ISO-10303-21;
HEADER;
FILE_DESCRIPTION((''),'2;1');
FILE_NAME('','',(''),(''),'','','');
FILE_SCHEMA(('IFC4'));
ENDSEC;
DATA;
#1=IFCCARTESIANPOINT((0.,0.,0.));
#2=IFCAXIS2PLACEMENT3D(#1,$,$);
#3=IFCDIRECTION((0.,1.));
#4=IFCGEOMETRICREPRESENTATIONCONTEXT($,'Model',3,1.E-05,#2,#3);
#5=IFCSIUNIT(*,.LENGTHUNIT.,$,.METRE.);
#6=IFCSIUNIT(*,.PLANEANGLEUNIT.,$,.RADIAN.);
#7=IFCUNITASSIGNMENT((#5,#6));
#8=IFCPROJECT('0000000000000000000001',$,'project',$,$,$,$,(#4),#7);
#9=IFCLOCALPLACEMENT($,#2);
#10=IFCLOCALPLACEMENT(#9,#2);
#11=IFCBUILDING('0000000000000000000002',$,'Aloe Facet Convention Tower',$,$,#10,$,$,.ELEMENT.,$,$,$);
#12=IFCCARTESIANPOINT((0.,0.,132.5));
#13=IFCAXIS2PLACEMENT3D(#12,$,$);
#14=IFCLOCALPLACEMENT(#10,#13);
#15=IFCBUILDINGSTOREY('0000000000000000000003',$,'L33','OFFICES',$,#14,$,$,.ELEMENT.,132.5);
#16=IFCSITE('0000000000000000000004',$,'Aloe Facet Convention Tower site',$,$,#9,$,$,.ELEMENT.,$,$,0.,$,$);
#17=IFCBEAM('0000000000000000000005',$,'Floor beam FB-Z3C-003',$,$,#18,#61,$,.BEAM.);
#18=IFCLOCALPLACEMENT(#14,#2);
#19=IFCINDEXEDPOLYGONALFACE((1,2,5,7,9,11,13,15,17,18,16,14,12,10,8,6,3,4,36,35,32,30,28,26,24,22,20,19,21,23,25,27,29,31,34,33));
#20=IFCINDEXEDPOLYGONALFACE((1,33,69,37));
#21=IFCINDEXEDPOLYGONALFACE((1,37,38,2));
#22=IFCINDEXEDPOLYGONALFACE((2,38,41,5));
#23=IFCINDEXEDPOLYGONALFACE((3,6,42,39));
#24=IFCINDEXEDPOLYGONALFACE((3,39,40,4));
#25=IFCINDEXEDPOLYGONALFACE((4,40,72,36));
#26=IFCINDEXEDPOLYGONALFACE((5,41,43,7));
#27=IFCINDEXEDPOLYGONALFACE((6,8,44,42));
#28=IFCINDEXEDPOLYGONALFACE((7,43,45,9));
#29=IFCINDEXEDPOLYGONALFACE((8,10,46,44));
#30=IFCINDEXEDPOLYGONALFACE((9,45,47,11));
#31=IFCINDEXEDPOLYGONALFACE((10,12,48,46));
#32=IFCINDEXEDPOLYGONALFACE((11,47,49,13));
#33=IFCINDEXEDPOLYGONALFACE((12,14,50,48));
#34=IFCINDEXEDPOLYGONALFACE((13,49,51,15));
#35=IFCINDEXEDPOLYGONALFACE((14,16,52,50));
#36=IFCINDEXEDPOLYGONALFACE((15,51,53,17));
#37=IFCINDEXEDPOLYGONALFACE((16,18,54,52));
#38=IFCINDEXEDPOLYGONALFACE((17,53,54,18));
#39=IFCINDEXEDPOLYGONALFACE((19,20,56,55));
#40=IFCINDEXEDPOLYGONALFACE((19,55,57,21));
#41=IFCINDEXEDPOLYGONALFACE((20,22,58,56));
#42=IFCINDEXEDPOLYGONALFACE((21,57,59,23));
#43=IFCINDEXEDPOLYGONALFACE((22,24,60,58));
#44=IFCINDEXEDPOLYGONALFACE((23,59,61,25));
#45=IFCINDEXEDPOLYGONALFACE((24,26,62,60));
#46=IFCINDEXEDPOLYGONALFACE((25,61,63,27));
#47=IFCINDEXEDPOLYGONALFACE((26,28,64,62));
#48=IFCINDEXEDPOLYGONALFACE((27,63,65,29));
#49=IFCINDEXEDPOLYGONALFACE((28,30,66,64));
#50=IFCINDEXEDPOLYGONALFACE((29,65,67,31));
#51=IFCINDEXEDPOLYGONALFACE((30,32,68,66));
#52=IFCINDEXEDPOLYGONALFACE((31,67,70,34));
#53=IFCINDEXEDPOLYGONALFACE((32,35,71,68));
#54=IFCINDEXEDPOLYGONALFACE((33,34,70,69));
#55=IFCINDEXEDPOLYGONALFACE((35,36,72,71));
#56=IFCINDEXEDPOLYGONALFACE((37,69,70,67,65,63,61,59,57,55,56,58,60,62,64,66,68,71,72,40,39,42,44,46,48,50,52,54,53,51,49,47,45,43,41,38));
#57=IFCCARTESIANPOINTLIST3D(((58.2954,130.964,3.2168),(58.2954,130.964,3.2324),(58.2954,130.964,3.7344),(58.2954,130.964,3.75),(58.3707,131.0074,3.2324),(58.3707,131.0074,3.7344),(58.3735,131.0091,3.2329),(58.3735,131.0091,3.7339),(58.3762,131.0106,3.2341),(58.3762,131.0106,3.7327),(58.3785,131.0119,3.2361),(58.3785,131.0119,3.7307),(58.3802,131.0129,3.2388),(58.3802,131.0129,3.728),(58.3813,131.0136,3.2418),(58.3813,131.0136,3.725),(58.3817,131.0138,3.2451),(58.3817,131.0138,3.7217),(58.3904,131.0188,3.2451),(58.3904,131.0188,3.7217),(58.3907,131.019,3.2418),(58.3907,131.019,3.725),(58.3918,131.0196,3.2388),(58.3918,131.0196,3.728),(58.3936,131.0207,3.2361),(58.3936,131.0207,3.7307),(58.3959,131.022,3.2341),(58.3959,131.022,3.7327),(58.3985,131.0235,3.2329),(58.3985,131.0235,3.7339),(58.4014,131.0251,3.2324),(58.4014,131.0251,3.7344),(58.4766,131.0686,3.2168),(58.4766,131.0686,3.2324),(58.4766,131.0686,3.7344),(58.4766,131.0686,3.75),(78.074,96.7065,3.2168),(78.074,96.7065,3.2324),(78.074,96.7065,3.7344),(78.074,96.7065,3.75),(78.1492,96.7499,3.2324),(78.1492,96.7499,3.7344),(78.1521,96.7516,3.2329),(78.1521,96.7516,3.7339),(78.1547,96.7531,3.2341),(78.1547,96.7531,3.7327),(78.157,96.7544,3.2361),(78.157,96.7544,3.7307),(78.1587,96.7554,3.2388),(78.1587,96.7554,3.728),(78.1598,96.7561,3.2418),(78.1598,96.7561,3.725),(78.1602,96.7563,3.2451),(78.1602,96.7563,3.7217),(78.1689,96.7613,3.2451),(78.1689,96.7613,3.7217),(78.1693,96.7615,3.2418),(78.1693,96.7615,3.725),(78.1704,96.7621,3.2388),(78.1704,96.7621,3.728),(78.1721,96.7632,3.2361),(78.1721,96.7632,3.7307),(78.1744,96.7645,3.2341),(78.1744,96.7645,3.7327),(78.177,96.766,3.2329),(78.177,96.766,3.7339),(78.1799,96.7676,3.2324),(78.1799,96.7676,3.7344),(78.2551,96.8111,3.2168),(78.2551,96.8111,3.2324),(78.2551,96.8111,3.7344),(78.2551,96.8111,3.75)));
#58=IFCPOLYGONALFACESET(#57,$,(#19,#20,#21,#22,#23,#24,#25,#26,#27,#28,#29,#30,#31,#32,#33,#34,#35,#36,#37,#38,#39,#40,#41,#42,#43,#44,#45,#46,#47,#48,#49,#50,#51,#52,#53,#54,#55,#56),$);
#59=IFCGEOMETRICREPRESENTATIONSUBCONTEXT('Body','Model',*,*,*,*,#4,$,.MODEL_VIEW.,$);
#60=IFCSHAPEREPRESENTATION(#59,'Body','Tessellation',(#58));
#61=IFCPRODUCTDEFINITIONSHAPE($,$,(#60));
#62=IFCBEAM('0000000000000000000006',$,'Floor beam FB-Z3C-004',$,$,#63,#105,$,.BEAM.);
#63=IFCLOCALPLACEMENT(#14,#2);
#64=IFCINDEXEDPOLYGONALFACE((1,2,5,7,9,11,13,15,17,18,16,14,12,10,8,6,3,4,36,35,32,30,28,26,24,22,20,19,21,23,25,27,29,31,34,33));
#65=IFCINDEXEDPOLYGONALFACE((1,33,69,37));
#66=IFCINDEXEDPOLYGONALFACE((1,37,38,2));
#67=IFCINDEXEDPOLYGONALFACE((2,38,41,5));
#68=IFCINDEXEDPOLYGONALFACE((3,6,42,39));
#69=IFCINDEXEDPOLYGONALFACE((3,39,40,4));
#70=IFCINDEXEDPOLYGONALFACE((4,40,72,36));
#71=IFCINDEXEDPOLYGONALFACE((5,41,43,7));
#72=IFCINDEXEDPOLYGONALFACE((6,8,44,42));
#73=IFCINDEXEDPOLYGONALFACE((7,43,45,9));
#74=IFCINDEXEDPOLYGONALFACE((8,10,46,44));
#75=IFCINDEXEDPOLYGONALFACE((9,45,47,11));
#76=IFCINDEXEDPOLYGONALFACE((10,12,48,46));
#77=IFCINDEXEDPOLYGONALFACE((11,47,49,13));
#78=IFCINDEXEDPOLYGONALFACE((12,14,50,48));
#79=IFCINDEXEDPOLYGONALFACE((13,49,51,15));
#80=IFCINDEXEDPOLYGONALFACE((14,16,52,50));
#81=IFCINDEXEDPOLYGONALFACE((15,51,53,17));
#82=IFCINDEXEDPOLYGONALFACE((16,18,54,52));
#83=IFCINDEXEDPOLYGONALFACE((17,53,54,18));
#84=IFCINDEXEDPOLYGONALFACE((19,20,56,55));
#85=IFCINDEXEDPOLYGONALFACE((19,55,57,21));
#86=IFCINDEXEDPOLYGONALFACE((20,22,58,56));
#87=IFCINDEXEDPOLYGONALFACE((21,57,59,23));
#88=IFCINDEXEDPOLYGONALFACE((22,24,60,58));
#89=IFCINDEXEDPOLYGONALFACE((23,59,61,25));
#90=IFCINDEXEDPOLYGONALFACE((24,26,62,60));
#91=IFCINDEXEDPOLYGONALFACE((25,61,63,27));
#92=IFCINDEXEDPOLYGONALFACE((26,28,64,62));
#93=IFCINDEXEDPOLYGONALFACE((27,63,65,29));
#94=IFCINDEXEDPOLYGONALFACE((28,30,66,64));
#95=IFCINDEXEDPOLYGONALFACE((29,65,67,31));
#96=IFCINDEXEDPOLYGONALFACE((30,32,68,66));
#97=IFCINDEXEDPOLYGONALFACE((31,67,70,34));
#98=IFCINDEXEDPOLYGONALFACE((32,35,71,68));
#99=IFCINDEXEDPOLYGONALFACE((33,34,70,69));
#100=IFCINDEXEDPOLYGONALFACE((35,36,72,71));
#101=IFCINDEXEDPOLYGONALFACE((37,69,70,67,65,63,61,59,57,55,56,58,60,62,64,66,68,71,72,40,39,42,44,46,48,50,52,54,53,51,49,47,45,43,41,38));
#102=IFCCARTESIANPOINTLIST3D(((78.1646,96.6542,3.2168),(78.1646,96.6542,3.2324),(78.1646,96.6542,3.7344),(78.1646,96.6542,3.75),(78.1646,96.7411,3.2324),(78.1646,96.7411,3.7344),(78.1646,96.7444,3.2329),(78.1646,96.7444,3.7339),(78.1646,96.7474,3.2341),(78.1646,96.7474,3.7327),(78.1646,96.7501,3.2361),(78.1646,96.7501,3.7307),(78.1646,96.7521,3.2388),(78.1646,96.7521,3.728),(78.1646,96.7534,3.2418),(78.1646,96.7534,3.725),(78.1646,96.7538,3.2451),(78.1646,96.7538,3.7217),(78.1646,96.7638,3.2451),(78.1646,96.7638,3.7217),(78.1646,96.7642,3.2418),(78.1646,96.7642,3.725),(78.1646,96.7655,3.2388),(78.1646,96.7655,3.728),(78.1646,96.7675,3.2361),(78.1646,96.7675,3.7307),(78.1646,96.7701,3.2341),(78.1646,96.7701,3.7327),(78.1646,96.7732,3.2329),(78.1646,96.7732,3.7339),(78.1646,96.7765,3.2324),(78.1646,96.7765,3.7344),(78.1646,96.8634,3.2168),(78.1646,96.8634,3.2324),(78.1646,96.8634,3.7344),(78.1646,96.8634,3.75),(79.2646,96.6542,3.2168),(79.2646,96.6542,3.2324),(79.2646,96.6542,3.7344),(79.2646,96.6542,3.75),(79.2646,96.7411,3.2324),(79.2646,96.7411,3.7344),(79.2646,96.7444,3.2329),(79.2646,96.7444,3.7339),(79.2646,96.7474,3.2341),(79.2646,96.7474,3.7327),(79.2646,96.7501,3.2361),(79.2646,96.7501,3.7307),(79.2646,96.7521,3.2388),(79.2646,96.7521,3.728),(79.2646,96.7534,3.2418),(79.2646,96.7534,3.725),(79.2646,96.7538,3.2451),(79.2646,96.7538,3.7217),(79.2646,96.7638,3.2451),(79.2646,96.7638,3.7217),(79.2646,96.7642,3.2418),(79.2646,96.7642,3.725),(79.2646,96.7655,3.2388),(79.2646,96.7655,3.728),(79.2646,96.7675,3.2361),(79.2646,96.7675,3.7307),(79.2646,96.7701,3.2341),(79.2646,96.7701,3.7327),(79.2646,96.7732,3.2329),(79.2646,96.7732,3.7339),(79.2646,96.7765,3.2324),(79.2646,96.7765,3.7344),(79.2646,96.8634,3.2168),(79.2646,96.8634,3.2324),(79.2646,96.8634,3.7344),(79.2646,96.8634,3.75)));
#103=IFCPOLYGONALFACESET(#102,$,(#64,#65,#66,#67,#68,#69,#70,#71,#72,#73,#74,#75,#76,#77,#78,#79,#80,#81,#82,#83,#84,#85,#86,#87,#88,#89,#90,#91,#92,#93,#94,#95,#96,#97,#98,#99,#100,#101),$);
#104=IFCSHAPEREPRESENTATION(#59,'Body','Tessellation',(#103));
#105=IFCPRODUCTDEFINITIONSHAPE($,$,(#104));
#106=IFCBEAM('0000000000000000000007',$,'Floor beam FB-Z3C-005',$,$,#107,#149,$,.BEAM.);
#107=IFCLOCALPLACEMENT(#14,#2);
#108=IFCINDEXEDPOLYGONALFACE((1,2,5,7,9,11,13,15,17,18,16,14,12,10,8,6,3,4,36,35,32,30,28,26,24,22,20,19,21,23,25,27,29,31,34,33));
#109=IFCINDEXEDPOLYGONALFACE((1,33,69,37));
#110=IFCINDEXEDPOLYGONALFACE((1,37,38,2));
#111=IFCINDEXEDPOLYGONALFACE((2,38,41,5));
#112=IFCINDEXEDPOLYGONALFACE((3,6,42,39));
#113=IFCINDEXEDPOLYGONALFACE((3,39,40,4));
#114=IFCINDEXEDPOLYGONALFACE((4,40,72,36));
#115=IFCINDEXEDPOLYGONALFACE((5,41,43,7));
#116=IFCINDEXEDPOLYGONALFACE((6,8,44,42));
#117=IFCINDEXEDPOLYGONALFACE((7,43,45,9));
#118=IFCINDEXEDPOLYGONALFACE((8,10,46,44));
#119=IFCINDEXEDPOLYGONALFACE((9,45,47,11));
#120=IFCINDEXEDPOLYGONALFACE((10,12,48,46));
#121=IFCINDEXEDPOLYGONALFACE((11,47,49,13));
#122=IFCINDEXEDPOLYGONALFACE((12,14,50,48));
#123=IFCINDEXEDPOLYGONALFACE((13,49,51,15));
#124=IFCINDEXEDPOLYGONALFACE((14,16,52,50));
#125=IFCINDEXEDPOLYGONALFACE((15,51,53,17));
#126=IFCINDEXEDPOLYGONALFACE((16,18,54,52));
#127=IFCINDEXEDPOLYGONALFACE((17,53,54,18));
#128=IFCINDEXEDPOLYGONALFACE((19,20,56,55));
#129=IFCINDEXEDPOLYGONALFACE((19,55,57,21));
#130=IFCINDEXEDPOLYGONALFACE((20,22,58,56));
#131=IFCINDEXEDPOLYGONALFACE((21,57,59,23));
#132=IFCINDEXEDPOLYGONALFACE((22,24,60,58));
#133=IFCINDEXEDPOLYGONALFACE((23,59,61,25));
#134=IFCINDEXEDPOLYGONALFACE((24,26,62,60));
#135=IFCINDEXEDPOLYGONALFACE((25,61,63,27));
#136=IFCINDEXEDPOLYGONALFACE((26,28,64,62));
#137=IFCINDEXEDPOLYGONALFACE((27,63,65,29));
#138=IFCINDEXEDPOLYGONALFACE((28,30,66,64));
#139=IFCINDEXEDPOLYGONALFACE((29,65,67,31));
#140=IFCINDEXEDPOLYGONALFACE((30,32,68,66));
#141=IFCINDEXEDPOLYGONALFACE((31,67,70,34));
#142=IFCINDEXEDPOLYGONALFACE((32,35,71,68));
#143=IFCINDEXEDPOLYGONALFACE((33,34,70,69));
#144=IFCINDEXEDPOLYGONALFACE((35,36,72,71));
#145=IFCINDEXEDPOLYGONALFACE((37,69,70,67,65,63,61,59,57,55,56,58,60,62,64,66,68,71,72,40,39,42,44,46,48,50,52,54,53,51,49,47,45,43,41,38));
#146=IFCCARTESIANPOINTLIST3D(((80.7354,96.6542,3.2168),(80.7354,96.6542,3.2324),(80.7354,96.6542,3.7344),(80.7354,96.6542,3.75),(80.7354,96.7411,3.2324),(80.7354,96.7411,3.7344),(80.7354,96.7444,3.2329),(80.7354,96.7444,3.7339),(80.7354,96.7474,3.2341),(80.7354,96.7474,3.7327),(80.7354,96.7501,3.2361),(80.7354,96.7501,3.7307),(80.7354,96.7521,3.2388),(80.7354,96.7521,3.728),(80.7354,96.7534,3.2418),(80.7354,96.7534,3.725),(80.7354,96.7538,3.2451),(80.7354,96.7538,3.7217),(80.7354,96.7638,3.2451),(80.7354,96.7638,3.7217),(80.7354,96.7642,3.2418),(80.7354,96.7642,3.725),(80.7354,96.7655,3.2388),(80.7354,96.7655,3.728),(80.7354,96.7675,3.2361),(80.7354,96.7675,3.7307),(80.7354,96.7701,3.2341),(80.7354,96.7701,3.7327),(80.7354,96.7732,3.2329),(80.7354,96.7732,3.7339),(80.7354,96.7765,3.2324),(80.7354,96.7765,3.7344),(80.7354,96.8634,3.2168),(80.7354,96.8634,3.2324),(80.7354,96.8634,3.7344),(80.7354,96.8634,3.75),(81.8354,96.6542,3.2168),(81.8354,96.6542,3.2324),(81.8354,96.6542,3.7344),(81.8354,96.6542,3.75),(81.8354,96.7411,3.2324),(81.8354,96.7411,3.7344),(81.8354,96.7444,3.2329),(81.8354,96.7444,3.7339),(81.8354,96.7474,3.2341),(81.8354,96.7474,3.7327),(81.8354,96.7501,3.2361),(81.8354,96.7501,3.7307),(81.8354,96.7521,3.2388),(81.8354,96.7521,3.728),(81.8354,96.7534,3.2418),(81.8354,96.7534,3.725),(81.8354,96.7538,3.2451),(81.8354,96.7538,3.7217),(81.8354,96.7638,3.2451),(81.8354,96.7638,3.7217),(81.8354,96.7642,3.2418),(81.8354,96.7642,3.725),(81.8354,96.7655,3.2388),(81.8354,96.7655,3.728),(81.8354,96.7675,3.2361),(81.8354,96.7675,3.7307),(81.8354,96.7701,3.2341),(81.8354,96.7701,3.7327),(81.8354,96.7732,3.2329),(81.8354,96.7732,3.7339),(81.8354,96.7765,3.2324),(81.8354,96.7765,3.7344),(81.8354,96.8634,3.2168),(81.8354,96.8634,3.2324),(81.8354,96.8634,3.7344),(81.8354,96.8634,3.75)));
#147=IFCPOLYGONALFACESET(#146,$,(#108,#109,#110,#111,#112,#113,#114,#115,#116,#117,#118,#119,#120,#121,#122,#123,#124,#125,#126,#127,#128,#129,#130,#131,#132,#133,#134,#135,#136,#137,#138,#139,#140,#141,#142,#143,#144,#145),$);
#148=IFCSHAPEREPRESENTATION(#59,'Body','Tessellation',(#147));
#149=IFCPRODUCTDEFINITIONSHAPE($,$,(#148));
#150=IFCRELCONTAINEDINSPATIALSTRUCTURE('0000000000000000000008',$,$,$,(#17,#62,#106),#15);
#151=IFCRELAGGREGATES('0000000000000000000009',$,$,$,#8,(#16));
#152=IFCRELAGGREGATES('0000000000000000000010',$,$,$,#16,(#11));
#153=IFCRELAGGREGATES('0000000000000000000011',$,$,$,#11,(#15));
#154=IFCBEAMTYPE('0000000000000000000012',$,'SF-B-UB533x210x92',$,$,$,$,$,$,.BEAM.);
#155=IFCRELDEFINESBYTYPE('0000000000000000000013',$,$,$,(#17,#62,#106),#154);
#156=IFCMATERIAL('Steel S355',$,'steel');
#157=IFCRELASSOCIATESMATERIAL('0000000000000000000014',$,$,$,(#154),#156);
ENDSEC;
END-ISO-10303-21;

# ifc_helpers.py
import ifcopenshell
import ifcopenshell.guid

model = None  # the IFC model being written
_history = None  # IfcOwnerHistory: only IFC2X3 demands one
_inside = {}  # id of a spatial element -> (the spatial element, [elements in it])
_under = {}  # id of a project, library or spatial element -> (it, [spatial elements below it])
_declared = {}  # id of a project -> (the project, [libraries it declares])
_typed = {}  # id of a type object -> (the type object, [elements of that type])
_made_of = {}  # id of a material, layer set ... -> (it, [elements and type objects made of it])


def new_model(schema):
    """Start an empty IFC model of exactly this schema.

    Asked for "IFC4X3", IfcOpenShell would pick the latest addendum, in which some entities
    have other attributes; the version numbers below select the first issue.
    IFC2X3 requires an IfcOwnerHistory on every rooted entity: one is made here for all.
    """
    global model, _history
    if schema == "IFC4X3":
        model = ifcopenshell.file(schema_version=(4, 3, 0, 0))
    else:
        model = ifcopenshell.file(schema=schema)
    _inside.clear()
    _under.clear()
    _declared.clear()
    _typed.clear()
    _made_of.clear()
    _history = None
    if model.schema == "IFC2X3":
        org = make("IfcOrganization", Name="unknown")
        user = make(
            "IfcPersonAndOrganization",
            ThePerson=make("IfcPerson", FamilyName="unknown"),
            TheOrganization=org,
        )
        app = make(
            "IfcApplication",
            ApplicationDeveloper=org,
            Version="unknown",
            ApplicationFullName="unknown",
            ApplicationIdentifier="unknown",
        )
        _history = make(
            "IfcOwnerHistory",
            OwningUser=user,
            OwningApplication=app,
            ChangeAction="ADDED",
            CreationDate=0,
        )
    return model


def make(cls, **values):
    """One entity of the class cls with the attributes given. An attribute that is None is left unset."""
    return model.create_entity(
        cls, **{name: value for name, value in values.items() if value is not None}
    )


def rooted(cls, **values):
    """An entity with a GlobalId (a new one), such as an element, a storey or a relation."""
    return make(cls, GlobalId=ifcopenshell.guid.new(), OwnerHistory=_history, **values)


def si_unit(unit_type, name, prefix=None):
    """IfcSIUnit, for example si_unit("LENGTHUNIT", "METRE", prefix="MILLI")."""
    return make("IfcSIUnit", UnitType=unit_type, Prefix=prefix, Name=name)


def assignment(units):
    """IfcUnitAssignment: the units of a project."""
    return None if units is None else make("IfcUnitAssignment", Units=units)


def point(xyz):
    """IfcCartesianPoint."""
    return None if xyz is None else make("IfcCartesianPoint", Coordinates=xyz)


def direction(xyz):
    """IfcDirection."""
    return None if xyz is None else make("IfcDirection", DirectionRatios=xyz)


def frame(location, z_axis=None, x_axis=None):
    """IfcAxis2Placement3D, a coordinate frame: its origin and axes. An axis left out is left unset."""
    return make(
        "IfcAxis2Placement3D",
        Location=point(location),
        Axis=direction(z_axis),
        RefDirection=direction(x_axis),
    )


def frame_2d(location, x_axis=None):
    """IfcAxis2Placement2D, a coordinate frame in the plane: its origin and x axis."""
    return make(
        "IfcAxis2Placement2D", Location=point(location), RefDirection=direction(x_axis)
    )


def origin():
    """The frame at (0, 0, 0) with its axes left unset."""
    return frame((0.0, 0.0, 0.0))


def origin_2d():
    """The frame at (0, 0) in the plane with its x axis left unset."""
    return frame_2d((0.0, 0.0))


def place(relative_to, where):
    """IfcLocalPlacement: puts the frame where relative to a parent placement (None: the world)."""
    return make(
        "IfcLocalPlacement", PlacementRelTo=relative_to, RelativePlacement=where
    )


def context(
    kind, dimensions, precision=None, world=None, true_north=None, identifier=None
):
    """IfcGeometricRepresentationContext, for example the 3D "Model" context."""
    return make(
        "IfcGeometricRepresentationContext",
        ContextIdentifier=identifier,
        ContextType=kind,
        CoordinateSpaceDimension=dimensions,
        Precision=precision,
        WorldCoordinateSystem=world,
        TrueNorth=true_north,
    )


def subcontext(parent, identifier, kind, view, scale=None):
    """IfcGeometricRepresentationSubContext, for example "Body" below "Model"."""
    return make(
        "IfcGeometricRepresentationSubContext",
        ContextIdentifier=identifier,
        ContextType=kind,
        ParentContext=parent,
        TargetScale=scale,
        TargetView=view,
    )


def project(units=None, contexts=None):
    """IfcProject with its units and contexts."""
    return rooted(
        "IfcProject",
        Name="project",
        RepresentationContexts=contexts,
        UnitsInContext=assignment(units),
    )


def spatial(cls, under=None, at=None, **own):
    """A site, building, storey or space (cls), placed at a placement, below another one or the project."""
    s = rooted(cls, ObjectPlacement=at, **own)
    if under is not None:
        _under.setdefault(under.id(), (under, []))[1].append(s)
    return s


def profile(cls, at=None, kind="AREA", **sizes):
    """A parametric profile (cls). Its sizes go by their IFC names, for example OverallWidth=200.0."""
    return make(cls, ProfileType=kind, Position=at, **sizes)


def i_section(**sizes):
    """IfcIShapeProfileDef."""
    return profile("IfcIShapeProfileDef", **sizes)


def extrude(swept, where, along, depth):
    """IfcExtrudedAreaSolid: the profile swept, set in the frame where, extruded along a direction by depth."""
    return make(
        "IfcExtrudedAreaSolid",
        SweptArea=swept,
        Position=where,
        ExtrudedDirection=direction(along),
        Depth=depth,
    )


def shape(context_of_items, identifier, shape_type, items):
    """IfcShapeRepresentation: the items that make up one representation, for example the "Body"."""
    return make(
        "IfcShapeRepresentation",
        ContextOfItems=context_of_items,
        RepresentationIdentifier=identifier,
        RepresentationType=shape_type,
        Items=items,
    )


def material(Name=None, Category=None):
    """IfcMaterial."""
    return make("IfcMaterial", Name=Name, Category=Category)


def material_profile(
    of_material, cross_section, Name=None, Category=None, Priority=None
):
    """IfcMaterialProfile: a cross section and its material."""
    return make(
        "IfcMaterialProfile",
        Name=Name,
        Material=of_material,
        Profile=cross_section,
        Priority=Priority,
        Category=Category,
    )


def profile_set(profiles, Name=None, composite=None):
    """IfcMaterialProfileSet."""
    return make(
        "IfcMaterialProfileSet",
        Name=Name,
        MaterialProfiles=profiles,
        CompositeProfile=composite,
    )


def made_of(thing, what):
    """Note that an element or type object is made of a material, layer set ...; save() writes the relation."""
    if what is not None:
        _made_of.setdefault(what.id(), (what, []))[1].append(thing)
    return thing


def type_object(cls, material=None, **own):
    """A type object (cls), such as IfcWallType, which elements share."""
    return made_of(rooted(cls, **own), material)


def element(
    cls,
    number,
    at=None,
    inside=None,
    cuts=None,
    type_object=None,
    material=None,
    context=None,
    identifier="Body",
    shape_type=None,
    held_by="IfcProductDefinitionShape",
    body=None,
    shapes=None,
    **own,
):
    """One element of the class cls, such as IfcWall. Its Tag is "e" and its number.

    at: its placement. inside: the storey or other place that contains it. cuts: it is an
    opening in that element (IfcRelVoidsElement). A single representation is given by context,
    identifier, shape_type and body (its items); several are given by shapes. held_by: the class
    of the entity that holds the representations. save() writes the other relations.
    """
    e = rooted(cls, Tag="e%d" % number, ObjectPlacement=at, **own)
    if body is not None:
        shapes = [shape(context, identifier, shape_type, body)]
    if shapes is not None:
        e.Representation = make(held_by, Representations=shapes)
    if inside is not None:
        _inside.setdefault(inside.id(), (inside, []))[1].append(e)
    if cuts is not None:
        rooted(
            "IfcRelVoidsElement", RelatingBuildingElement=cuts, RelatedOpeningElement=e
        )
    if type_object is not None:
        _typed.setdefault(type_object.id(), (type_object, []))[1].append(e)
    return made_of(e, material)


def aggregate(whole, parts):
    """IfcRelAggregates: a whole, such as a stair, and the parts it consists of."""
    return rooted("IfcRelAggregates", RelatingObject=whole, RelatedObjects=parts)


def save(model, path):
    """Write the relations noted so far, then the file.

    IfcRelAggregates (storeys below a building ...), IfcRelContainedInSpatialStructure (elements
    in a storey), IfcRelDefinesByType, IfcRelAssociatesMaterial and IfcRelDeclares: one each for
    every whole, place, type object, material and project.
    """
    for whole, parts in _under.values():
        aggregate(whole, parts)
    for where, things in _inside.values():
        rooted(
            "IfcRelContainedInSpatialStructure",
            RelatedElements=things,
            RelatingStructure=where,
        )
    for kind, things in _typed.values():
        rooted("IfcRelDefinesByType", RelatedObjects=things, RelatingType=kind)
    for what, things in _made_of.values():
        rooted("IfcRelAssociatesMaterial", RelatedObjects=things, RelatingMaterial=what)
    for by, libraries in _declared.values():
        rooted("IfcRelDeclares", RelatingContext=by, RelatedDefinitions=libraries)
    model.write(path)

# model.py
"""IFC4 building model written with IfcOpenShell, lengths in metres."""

from ifc_helpers import new_model, si_unit, direction, frame, origin, origin_2d, place, context, subcontext, project, spatial, i_section, extrude, material, material_profile, profile_set, type_object, element, save


model = new_model("IFC4")

# Units and contexts
model_context = context("Model", 3, precision=1e-05, world=origin(), true_north=direction((0.0, 1.0)))
body_context = subcontext(model_context, "Body", "Model", "MODEL_VIEW")
ifc_project = project(units=[si_unit("LENGTHUNIT", "METRE"), si_unit("PLANEANGLEUNIT", "RADIAN")], contexts=[model_context])

# Site, building, storey
site_placement = place(None, origin())
site = spatial("IfcSite", under=ifc_project, at=site_placement, Name="Aloe Facet Convention Tower site", CompositionType="ELEMENT", RefElevation=0.0)
building_placement = place(site_placement, origin())
building = spatial("IfcBuilding", under=site, at=building_placement, Name="Aloe Facet Convention Tower", CompositionType="ELEMENT")
storey_placement = place(building_placement, frame((0.0, 0.0, 132.5)))
storey = spatial("IfcBuildingStorey", under=building, at=storey_placement, Name="L33", Description="OFFICES", CompositionType="ELEMENT", Elevation=132.5)

# Beams
ifc_material_1 = material(Name="Steel S355", Category="steel")
ifc_material_profile = material_profile(ifc_material_1, i_section(OverallWidth=0.2092, OverallDepth=0.5332, WebThickness=0.01, FlangeThickness=0.0156, FilletRadius=0.0127, at=origin_2d()), Name="UB 533x210x92")
ifc_profile_set = profile_set([ifc_material_profile], Name="Steel S355")
beam_type = type_object("IfcBeamType", Name="SF-B-UB533x210x92", PredefinedType="BEAM", material=ifc_profile_set)
beam_placement = place(storey_placement, frame((78.1646, 96.7588, 3.4834), z_axis=(-0.499999, 0.866026, 0.0), x_axis=(-0.866026, -0.499999, 0.0)))
element("IfcBeam", 1, at=beam_placement, inside=storey, type_object=beam_type, Name="Floor beam FB-Z3C-003", PredefinedType="BEAM", context=body_context, shape_type="SweptSolid", body=[
    extrude(i_section(OverallWidth=0.2092, OverallDepth=0.5332, WebThickness=0.01, FlangeThickness=0.0156, FilletRadius=0.0127, at=origin_2d()), origin(), (0.0, 0.0, 1.0), 39.5571),
])
for number, where, z_axis, x_axis, name in (
    (2, (79.2646, 96.7588, 3.4834), (-1.0, 0.0, 0.0), (0.0, -1.0, 0.0), "Floor beam FB-Z3C-004"),
    (3, (81.8354, 96.7588, 3.4834), (-1.0, 0.0, 0.0), (0.0, -1.0, 0.0), "Floor beam FB-Z3C-005"),
):
    element("IfcBeam", number, at=place(storey_placement, frame(where, z_axis=z_axis, x_axis=x_axis)), inside=storey, type_object=beam_type, Name=name, PredefinedType="BEAM", context=body_context, shape_type="SweptSolid", body=[
        extrude(i_section(OverallWidth=0.2092, OverallDepth=0.5332, WebThickness=0.01, FlangeThickness=0.0156, FilletRadius=0.0127, at=origin_2d()), origin(), (0.0, 0.0, 1.0), 1.1001),
    ])

save(model, "model.ifc")
